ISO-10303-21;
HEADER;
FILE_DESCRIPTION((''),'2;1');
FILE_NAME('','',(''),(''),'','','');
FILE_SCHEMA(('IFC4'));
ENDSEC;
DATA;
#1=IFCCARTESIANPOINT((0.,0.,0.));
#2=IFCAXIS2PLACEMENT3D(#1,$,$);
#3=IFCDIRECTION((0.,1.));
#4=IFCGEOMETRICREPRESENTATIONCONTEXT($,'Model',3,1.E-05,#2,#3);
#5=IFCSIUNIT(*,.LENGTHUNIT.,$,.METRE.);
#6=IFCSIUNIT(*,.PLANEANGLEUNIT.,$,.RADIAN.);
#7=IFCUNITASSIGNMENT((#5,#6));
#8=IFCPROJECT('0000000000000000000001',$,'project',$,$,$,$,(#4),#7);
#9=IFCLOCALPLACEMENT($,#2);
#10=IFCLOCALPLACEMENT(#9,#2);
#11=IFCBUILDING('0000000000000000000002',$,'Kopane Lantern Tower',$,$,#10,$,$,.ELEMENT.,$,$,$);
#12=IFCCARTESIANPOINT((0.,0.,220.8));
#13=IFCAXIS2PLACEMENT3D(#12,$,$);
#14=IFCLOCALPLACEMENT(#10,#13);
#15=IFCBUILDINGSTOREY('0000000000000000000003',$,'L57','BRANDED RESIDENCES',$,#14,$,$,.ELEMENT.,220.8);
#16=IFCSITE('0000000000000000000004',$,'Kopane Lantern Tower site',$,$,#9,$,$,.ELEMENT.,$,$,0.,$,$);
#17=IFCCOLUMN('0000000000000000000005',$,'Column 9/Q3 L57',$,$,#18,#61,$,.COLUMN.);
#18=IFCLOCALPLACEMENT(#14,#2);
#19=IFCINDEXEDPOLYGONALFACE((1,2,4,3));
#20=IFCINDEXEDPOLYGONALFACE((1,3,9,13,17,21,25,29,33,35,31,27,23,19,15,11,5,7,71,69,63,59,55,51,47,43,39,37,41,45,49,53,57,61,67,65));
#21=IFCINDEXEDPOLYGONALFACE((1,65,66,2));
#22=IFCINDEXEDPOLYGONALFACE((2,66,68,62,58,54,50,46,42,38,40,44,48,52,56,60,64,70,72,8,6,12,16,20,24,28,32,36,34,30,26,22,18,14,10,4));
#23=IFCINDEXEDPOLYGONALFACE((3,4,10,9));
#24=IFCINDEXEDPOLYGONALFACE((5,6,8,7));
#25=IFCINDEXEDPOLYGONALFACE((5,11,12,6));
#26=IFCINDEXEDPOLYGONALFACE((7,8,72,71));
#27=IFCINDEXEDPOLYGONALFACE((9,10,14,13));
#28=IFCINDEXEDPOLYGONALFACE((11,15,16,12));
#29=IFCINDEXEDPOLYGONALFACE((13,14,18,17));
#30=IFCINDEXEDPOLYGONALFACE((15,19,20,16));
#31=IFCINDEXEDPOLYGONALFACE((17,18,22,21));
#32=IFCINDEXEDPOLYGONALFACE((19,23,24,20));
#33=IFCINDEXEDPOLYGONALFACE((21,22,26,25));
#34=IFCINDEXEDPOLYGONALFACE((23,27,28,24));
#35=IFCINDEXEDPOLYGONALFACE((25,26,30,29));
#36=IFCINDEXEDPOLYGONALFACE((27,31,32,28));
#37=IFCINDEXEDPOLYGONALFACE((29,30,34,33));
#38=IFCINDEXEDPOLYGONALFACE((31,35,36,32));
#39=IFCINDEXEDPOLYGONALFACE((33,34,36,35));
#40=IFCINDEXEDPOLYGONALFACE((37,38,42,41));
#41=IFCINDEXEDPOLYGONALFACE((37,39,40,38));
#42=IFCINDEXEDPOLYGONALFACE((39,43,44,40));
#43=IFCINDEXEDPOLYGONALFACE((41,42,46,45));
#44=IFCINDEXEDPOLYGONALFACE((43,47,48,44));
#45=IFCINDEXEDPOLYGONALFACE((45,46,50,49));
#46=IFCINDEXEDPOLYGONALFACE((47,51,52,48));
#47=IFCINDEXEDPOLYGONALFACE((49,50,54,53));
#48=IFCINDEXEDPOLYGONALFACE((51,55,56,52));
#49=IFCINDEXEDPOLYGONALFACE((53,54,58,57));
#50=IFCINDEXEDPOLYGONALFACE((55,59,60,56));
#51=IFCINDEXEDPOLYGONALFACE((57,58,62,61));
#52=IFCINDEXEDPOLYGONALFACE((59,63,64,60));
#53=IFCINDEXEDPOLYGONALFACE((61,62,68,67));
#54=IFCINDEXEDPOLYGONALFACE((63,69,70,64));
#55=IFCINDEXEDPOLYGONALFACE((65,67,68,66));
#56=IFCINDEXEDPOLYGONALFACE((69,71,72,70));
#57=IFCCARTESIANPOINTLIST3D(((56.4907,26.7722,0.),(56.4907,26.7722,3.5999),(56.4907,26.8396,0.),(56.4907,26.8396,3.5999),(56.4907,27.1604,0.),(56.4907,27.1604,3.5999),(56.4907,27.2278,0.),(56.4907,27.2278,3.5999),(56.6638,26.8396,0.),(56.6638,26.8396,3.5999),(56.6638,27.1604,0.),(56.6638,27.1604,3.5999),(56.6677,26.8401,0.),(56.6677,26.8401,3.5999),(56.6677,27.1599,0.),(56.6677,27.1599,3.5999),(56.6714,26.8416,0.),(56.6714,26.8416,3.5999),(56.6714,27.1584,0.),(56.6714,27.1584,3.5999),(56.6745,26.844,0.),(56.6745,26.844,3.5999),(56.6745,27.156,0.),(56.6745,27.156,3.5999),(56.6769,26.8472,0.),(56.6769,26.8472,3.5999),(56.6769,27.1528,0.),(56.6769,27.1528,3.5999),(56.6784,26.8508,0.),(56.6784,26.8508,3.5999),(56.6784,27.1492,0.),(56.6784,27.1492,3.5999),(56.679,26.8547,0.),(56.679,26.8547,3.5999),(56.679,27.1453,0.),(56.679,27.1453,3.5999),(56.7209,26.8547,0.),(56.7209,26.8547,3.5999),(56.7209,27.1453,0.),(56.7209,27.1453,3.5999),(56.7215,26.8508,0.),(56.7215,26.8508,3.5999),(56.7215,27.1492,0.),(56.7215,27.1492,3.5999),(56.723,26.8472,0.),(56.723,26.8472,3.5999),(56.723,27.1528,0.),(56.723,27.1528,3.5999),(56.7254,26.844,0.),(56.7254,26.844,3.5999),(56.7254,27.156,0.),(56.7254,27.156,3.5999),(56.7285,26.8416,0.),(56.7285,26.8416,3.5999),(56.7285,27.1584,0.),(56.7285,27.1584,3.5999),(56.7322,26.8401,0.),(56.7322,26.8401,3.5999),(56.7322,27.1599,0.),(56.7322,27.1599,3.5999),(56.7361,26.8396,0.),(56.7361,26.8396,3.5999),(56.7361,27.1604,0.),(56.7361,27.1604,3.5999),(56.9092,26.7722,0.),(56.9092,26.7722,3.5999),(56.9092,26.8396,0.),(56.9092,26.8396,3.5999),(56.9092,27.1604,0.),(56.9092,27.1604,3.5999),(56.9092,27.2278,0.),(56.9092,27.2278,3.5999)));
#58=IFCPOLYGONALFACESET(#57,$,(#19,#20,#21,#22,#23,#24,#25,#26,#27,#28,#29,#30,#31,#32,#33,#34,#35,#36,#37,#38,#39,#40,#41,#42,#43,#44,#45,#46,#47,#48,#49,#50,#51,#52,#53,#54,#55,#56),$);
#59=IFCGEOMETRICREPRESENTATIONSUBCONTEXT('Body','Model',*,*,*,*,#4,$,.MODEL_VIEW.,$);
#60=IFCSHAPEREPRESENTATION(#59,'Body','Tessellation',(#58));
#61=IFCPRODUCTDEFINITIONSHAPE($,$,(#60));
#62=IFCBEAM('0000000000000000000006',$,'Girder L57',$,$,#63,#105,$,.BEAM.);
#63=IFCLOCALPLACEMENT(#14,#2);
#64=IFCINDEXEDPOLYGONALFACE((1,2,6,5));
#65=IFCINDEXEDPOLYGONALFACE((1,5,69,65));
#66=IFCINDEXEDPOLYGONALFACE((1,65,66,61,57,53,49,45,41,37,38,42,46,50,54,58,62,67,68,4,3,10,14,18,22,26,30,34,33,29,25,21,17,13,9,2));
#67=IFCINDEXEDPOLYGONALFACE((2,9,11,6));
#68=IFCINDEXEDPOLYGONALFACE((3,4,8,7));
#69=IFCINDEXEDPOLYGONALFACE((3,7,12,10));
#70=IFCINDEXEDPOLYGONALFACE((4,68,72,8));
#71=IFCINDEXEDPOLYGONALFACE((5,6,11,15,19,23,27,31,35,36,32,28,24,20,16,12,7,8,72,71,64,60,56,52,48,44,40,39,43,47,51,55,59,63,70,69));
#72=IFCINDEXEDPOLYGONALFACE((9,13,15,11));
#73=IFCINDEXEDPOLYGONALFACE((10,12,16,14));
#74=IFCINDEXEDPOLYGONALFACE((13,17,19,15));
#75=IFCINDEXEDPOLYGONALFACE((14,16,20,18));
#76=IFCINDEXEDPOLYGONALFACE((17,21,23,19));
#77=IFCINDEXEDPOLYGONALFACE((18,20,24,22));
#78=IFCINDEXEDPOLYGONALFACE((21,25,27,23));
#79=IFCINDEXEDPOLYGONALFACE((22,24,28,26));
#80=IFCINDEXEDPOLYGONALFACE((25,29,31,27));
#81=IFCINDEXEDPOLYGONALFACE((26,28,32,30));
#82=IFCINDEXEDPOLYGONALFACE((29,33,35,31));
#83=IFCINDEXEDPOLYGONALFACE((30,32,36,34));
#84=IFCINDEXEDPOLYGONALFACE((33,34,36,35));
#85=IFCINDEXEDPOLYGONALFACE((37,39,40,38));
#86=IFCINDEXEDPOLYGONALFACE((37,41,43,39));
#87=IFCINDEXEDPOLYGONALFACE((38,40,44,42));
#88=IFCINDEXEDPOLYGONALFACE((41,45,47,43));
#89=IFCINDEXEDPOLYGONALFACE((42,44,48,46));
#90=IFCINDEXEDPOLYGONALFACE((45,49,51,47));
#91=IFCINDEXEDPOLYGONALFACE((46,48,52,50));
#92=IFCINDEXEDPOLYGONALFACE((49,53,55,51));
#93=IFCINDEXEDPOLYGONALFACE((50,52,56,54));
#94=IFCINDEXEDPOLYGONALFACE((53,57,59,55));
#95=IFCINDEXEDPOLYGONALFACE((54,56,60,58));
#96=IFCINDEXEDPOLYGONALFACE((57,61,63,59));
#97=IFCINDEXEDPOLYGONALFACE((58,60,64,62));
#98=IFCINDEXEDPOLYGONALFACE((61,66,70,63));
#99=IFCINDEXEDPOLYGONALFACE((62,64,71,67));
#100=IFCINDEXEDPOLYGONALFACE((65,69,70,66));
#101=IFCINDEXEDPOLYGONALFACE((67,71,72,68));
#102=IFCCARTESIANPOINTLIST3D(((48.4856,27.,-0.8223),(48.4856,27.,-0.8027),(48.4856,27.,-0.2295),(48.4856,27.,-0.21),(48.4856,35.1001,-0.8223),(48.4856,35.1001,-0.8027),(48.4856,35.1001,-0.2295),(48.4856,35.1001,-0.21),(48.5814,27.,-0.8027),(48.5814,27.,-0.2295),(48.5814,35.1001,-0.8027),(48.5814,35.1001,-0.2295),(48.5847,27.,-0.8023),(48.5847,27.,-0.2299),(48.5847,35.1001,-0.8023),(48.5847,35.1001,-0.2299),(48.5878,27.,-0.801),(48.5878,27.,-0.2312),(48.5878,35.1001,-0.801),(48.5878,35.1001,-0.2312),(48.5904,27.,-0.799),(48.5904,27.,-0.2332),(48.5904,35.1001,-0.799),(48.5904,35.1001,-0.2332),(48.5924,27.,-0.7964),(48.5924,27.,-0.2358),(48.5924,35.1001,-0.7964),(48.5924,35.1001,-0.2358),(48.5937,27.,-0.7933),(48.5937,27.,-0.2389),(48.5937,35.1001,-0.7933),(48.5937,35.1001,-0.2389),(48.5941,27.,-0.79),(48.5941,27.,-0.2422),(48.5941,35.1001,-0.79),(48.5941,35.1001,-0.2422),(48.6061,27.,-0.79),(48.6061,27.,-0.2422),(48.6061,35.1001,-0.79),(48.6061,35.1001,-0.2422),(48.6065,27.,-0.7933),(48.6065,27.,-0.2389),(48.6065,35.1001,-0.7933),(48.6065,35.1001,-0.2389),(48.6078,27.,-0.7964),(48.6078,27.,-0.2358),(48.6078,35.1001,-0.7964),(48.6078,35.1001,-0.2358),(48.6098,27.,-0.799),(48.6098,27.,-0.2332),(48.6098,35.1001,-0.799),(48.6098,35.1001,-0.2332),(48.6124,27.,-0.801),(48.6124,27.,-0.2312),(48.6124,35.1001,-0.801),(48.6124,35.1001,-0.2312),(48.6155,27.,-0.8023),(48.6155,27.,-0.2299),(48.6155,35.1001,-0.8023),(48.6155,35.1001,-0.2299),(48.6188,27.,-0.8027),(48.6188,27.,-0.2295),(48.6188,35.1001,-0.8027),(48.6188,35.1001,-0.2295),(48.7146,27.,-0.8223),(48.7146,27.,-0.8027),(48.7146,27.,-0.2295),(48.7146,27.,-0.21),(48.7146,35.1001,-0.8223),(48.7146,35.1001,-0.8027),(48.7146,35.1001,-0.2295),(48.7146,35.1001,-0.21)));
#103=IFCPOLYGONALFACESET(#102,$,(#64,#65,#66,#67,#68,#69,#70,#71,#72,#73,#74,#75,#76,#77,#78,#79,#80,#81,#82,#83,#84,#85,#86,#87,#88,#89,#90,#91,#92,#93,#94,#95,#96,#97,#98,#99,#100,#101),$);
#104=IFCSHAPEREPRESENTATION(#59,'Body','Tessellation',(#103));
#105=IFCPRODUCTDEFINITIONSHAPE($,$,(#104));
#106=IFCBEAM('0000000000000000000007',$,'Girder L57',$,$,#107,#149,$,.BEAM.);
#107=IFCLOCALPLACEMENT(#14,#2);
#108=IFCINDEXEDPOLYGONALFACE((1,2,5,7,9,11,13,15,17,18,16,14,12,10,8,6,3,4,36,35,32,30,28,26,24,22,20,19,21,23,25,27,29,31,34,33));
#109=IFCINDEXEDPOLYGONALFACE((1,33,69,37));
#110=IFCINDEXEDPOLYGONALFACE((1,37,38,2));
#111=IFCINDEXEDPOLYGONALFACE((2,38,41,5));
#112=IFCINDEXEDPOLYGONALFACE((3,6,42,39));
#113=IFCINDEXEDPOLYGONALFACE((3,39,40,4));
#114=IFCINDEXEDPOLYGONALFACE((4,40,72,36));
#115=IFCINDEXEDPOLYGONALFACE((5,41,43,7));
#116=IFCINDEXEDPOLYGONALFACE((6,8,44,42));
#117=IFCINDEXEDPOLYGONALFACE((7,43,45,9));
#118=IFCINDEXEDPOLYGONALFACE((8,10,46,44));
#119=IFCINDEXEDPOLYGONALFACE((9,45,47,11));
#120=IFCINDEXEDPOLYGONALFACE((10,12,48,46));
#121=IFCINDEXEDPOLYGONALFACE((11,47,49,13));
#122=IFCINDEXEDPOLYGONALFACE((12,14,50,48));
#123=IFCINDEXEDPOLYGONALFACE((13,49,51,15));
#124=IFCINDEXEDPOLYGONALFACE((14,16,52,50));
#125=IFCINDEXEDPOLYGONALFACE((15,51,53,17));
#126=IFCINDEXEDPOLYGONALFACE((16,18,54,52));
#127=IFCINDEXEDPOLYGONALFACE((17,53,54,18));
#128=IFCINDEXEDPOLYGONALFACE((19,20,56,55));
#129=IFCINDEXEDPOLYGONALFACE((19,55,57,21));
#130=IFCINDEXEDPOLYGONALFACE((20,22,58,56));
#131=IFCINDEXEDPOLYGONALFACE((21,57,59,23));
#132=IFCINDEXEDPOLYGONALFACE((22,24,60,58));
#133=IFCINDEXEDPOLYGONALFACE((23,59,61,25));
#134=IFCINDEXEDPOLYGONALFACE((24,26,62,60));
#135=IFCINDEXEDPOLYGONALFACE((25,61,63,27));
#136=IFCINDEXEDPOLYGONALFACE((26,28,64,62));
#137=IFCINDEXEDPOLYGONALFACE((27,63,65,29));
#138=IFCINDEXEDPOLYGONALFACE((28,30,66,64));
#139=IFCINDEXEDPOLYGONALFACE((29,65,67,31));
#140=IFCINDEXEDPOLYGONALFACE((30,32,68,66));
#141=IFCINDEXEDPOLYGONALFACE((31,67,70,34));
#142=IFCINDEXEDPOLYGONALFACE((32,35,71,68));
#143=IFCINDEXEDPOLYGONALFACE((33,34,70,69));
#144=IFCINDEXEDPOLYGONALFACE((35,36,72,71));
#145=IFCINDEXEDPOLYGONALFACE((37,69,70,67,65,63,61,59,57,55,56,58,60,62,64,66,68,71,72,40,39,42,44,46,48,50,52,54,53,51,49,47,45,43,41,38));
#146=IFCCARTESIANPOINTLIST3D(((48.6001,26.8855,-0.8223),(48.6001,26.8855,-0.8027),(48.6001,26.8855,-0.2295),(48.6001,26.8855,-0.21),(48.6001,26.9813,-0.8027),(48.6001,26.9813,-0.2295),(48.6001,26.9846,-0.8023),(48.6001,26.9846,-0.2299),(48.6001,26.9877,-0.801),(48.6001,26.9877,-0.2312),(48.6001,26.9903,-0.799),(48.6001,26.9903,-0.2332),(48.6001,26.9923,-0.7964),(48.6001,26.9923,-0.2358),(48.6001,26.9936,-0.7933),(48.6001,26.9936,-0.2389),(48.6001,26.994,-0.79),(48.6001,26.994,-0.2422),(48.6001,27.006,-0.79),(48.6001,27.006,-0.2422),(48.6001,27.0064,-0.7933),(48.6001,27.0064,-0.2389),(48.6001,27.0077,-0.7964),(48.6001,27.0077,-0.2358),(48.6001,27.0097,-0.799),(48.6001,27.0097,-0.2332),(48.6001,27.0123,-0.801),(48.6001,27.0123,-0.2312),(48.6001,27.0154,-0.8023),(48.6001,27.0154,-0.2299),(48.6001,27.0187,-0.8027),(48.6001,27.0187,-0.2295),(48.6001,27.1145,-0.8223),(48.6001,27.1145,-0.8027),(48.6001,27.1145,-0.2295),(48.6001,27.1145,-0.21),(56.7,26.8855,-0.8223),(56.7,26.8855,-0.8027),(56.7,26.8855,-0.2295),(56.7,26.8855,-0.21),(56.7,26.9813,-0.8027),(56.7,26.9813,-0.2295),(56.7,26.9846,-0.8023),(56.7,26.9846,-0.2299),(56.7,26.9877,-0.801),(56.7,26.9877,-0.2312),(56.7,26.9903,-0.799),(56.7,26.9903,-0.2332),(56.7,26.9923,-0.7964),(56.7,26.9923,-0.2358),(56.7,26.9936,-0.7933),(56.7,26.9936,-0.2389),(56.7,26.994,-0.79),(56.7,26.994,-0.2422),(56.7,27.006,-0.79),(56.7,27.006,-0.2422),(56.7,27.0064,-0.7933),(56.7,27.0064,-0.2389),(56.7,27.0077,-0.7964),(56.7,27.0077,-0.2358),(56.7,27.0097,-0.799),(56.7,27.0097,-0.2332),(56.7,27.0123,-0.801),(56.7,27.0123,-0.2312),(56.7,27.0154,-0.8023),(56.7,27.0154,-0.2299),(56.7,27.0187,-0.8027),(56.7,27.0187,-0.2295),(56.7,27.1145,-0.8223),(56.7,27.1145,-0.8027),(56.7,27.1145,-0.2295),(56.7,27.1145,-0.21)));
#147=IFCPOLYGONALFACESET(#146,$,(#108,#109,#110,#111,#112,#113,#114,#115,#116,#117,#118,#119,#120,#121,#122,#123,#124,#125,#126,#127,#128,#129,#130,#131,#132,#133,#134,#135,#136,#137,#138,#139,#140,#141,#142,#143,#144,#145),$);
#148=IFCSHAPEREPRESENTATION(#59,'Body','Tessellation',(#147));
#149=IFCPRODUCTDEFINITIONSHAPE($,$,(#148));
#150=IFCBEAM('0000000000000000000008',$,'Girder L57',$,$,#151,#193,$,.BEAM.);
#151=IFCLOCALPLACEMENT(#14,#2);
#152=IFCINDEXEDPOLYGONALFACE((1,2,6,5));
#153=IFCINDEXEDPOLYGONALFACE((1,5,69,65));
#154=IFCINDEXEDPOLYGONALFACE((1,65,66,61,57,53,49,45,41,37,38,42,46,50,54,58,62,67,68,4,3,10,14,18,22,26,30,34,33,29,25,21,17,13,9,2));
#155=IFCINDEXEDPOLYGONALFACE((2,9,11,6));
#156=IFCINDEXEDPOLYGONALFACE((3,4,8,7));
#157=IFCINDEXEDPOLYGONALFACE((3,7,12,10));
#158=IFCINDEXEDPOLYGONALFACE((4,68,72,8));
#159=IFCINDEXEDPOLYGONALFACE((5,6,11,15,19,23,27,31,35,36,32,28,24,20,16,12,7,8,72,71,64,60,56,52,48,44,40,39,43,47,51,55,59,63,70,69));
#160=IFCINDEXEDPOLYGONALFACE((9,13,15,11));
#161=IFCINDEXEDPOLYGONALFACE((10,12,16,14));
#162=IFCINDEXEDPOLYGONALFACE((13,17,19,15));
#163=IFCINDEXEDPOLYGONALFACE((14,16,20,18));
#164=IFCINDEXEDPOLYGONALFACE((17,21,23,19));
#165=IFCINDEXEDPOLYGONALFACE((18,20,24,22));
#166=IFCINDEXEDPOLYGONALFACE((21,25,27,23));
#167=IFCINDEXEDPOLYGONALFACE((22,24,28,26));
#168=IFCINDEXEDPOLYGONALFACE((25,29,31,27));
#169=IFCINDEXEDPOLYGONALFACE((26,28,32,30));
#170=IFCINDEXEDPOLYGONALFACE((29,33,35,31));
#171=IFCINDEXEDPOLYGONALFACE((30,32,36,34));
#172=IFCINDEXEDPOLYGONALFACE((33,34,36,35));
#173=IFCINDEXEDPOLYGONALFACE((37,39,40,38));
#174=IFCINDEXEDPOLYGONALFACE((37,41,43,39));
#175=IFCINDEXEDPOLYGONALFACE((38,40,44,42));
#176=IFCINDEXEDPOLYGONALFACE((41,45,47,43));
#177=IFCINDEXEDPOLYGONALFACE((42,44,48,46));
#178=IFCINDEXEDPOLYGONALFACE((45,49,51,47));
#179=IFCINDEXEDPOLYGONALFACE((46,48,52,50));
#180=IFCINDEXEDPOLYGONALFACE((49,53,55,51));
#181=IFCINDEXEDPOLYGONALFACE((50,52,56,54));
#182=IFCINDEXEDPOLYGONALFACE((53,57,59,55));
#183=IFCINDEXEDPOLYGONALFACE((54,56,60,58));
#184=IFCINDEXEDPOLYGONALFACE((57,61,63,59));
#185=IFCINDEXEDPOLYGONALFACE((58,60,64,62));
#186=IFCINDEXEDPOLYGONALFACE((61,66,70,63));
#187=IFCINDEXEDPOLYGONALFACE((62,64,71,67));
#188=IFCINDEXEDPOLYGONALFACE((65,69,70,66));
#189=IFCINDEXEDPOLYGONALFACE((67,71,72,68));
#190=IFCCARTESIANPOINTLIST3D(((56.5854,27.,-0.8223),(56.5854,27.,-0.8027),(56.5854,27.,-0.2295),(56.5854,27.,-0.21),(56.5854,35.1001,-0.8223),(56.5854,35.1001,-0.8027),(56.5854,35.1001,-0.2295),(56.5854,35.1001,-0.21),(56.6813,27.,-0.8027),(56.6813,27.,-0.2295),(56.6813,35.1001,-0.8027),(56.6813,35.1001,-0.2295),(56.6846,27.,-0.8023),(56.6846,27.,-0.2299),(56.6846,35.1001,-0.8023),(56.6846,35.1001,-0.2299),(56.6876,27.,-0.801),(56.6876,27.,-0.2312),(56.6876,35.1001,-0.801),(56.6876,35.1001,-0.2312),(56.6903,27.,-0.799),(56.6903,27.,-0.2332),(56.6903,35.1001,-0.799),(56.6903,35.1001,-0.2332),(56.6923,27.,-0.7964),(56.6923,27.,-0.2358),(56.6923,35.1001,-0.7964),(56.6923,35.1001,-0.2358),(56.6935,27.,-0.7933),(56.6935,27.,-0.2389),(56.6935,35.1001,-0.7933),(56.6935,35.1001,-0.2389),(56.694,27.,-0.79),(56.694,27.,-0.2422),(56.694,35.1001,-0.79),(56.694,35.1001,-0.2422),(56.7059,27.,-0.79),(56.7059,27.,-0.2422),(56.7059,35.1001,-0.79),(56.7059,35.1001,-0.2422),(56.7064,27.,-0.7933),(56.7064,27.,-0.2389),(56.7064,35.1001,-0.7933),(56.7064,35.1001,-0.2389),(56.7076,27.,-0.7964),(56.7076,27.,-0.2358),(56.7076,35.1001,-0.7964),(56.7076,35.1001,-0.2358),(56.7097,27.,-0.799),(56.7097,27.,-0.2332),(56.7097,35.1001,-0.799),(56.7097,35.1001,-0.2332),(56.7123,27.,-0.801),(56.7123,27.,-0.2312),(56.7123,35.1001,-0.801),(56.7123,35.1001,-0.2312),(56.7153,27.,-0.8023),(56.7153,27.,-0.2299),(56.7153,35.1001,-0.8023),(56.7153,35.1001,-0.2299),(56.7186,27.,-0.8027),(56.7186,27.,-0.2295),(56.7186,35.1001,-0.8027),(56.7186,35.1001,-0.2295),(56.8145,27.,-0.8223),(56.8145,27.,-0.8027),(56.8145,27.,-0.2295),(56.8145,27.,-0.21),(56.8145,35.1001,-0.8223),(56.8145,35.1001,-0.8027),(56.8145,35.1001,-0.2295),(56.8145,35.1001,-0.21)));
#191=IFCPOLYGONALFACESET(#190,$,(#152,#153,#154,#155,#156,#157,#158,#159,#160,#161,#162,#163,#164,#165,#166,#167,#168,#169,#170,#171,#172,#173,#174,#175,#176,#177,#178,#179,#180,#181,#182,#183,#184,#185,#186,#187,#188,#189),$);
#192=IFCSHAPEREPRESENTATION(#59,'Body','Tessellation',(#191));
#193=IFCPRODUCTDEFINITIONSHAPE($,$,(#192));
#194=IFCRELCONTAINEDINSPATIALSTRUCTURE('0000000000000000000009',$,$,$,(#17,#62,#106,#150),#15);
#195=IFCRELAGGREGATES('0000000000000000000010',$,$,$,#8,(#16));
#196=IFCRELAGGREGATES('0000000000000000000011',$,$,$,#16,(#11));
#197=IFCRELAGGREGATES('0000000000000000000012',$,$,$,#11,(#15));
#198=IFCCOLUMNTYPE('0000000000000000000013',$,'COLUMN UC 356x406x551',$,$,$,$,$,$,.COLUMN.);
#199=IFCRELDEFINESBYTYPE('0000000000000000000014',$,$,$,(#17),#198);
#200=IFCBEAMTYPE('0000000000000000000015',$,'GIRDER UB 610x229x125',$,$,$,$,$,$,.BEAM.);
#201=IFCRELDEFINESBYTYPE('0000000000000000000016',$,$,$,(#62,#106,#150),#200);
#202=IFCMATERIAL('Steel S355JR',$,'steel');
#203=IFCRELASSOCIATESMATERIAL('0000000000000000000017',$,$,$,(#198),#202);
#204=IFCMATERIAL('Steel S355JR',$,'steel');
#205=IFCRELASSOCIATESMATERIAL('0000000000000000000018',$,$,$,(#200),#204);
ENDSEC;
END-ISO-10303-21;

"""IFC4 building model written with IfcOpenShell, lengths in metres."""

from ifc_helpers import new_model, si_unit, direction, frame, origin, origin_2d, place, context, subcontext, project, spatial, i_section, extrude, material, material_profile, profile_set, type_object, element, save


model = new_model("IFC4")

# Units and contexts
model_context = context("Model", 3, precision=1e-05, world=origin(), true_north=direction((0.0, 1.0)))
body_context = subcontext(model_context, "Body", "Model", "MODEL_VIEW")
ifc_project = project(units=[si_unit("LENGTHUNIT", "METRE"), si_unit("PLANEANGLEUNIT", "RADIAN")], contexts=[model_context])

# Site, building, storey
site_placement = place(None, origin())
site = spatial("IfcSite", under=ifc_project, at=site_placement, Name="Kopane Lantern Tower site", CompositionType="ELEMENT", RefElevation=0.0)
building_placement = place(site_placement, origin())
building = spatial("IfcBuilding", under=site, at=building_placement, Name="Kopane Lantern Tower", CompositionType="ELEMENT")
storey_placement = place(building_placement, frame((0.0, 0.0, 220.8)))
storey = spatial("IfcBuildingStorey", under=building, at=storey_placement, Name="L57", Description="BRANDED RESIDENCES", CompositionType="ELEMENT", Elevation=220.8)

# Column
ifc_material_1 = material(Name="Steel S355JR", Category="steel")
ifc_material_profile_1 = material_profile(ifc_material_1, i_section(OverallWidth=0.4185, OverallDepth=0.4556, WebThickness=0.042, FlangeThickness=0.0674, FilletRadius=0.0151, at=origin_2d()), Name="UC 356x406x551")
ifc_profile_set_1 = profile_set([ifc_material_profile_1], Name="Steel S355JR")
column_type = type_object("IfcColumnType", Name="COLUMN UC 356x406x551", PredefinedType="COLUMN", material=ifc_profile_set_1)
column_placement = place(storey_placement, frame((56.7, 27.0, 0.0), z_axis=(0.0, 0.0, 1.0), x_axis=(1.0, 0.0, 0.0)))
element("IfcColumn", 1, at=column_placement, inside=storey, type_object=column_type, Name="Column 9/Q3 L57", PredefinedType="COLUMN", context=body_context, shape_type="SweptSolid", body=[
    extrude(i_section(OverallWidth=0.4185, OverallDepth=0.4556, WebThickness=0.042, FlangeThickness=0.0674, FilletRadius=0.0151, at=origin_2d()), origin(), (0.0, 0.0, 1.0), 3.5999),
])

# Beams
ifc_material_2 = material(Name="Steel S355JR", Category="steel")
ifc_material_profile_2 = material_profile(ifc_material_2, i_section(OverallWidth=0.229, OverallDepth=0.6123, WebThickness=0.012, FlangeThickness=0.0195, FilletRadius=0.0127, at=origin_2d()), Name="UB 610x229x125")
ifc_profile_set_2 = profile_set([ifc_material_profile_2], Name="Steel S355JR")
beam_type = type_object("IfcBeamType", Name="GIRDER UB 610x229x125", PredefinedType="BEAM", material=ifc_profile_set_2)
beam_1_placement = place(storey_placement, frame((48.6001, 27.0, -0.5161), z_axis=(0.0, 1.0, 0.0), x_axis=(-1.0, 0.0, 0.0)))
element("IfcBeam", 2, at=beam_1_placement, inside=storey, type_object=beam_type, Name="Girder L57", PredefinedType="BEAM", context=body_context, shape_type="SweptSolid", body=[
    extrude(i_section(OverallWidth=0.229, OverallDepth=0.6123, WebThickness=0.012, FlangeThickness=0.0195, FilletRadius=0.0127, at=origin_2d()), origin(), (0.0, 0.0, 1.0), 8.1001),
])
beam_2_placement = place(storey_placement, frame((48.6001, 27.0, -0.5161), z_axis=(1.0, 0.0, 0.0), x_axis=(0.0, 1.0, 0.0)))
element("IfcBeam", 3, at=beam_2_placement, inside=storey, type_object=beam_type, Name="Girder L57", PredefinedType="BEAM", context=body_context, shape_type="SweptSolid", body=[
    extrude(i_section(OverallWidth=0.229, OverallDepth=0.6123, WebThickness=0.012, FlangeThickness=0.0195, FilletRadius=0.0127, at=origin_2d()), origin(), (0.0, 0.0, 1.0), 8.0999),
])
beam_3_placement = place(storey_placement, frame((56.7, 27.0, -0.5161), z_axis=(0.0, 1.0, 0.0), x_axis=(-1.0, 0.0, 0.0)))
element("IfcBeam", 4, at=beam_3_placement, inside=storey, type_object=beam_type, Name="Girder L57", PredefinedType="BEAM", context=body_context, shape_type="SweptSolid", body=[
    extrude(i_section(OverallWidth=0.229, OverallDepth=0.6123, WebThickness=0.012, FlangeThickness=0.0195, FilletRadius=0.0127, at=origin_2d()), origin(), (0.0, 0.0, 1.0), 8.1001),
])

save(model, "model.ifc")
